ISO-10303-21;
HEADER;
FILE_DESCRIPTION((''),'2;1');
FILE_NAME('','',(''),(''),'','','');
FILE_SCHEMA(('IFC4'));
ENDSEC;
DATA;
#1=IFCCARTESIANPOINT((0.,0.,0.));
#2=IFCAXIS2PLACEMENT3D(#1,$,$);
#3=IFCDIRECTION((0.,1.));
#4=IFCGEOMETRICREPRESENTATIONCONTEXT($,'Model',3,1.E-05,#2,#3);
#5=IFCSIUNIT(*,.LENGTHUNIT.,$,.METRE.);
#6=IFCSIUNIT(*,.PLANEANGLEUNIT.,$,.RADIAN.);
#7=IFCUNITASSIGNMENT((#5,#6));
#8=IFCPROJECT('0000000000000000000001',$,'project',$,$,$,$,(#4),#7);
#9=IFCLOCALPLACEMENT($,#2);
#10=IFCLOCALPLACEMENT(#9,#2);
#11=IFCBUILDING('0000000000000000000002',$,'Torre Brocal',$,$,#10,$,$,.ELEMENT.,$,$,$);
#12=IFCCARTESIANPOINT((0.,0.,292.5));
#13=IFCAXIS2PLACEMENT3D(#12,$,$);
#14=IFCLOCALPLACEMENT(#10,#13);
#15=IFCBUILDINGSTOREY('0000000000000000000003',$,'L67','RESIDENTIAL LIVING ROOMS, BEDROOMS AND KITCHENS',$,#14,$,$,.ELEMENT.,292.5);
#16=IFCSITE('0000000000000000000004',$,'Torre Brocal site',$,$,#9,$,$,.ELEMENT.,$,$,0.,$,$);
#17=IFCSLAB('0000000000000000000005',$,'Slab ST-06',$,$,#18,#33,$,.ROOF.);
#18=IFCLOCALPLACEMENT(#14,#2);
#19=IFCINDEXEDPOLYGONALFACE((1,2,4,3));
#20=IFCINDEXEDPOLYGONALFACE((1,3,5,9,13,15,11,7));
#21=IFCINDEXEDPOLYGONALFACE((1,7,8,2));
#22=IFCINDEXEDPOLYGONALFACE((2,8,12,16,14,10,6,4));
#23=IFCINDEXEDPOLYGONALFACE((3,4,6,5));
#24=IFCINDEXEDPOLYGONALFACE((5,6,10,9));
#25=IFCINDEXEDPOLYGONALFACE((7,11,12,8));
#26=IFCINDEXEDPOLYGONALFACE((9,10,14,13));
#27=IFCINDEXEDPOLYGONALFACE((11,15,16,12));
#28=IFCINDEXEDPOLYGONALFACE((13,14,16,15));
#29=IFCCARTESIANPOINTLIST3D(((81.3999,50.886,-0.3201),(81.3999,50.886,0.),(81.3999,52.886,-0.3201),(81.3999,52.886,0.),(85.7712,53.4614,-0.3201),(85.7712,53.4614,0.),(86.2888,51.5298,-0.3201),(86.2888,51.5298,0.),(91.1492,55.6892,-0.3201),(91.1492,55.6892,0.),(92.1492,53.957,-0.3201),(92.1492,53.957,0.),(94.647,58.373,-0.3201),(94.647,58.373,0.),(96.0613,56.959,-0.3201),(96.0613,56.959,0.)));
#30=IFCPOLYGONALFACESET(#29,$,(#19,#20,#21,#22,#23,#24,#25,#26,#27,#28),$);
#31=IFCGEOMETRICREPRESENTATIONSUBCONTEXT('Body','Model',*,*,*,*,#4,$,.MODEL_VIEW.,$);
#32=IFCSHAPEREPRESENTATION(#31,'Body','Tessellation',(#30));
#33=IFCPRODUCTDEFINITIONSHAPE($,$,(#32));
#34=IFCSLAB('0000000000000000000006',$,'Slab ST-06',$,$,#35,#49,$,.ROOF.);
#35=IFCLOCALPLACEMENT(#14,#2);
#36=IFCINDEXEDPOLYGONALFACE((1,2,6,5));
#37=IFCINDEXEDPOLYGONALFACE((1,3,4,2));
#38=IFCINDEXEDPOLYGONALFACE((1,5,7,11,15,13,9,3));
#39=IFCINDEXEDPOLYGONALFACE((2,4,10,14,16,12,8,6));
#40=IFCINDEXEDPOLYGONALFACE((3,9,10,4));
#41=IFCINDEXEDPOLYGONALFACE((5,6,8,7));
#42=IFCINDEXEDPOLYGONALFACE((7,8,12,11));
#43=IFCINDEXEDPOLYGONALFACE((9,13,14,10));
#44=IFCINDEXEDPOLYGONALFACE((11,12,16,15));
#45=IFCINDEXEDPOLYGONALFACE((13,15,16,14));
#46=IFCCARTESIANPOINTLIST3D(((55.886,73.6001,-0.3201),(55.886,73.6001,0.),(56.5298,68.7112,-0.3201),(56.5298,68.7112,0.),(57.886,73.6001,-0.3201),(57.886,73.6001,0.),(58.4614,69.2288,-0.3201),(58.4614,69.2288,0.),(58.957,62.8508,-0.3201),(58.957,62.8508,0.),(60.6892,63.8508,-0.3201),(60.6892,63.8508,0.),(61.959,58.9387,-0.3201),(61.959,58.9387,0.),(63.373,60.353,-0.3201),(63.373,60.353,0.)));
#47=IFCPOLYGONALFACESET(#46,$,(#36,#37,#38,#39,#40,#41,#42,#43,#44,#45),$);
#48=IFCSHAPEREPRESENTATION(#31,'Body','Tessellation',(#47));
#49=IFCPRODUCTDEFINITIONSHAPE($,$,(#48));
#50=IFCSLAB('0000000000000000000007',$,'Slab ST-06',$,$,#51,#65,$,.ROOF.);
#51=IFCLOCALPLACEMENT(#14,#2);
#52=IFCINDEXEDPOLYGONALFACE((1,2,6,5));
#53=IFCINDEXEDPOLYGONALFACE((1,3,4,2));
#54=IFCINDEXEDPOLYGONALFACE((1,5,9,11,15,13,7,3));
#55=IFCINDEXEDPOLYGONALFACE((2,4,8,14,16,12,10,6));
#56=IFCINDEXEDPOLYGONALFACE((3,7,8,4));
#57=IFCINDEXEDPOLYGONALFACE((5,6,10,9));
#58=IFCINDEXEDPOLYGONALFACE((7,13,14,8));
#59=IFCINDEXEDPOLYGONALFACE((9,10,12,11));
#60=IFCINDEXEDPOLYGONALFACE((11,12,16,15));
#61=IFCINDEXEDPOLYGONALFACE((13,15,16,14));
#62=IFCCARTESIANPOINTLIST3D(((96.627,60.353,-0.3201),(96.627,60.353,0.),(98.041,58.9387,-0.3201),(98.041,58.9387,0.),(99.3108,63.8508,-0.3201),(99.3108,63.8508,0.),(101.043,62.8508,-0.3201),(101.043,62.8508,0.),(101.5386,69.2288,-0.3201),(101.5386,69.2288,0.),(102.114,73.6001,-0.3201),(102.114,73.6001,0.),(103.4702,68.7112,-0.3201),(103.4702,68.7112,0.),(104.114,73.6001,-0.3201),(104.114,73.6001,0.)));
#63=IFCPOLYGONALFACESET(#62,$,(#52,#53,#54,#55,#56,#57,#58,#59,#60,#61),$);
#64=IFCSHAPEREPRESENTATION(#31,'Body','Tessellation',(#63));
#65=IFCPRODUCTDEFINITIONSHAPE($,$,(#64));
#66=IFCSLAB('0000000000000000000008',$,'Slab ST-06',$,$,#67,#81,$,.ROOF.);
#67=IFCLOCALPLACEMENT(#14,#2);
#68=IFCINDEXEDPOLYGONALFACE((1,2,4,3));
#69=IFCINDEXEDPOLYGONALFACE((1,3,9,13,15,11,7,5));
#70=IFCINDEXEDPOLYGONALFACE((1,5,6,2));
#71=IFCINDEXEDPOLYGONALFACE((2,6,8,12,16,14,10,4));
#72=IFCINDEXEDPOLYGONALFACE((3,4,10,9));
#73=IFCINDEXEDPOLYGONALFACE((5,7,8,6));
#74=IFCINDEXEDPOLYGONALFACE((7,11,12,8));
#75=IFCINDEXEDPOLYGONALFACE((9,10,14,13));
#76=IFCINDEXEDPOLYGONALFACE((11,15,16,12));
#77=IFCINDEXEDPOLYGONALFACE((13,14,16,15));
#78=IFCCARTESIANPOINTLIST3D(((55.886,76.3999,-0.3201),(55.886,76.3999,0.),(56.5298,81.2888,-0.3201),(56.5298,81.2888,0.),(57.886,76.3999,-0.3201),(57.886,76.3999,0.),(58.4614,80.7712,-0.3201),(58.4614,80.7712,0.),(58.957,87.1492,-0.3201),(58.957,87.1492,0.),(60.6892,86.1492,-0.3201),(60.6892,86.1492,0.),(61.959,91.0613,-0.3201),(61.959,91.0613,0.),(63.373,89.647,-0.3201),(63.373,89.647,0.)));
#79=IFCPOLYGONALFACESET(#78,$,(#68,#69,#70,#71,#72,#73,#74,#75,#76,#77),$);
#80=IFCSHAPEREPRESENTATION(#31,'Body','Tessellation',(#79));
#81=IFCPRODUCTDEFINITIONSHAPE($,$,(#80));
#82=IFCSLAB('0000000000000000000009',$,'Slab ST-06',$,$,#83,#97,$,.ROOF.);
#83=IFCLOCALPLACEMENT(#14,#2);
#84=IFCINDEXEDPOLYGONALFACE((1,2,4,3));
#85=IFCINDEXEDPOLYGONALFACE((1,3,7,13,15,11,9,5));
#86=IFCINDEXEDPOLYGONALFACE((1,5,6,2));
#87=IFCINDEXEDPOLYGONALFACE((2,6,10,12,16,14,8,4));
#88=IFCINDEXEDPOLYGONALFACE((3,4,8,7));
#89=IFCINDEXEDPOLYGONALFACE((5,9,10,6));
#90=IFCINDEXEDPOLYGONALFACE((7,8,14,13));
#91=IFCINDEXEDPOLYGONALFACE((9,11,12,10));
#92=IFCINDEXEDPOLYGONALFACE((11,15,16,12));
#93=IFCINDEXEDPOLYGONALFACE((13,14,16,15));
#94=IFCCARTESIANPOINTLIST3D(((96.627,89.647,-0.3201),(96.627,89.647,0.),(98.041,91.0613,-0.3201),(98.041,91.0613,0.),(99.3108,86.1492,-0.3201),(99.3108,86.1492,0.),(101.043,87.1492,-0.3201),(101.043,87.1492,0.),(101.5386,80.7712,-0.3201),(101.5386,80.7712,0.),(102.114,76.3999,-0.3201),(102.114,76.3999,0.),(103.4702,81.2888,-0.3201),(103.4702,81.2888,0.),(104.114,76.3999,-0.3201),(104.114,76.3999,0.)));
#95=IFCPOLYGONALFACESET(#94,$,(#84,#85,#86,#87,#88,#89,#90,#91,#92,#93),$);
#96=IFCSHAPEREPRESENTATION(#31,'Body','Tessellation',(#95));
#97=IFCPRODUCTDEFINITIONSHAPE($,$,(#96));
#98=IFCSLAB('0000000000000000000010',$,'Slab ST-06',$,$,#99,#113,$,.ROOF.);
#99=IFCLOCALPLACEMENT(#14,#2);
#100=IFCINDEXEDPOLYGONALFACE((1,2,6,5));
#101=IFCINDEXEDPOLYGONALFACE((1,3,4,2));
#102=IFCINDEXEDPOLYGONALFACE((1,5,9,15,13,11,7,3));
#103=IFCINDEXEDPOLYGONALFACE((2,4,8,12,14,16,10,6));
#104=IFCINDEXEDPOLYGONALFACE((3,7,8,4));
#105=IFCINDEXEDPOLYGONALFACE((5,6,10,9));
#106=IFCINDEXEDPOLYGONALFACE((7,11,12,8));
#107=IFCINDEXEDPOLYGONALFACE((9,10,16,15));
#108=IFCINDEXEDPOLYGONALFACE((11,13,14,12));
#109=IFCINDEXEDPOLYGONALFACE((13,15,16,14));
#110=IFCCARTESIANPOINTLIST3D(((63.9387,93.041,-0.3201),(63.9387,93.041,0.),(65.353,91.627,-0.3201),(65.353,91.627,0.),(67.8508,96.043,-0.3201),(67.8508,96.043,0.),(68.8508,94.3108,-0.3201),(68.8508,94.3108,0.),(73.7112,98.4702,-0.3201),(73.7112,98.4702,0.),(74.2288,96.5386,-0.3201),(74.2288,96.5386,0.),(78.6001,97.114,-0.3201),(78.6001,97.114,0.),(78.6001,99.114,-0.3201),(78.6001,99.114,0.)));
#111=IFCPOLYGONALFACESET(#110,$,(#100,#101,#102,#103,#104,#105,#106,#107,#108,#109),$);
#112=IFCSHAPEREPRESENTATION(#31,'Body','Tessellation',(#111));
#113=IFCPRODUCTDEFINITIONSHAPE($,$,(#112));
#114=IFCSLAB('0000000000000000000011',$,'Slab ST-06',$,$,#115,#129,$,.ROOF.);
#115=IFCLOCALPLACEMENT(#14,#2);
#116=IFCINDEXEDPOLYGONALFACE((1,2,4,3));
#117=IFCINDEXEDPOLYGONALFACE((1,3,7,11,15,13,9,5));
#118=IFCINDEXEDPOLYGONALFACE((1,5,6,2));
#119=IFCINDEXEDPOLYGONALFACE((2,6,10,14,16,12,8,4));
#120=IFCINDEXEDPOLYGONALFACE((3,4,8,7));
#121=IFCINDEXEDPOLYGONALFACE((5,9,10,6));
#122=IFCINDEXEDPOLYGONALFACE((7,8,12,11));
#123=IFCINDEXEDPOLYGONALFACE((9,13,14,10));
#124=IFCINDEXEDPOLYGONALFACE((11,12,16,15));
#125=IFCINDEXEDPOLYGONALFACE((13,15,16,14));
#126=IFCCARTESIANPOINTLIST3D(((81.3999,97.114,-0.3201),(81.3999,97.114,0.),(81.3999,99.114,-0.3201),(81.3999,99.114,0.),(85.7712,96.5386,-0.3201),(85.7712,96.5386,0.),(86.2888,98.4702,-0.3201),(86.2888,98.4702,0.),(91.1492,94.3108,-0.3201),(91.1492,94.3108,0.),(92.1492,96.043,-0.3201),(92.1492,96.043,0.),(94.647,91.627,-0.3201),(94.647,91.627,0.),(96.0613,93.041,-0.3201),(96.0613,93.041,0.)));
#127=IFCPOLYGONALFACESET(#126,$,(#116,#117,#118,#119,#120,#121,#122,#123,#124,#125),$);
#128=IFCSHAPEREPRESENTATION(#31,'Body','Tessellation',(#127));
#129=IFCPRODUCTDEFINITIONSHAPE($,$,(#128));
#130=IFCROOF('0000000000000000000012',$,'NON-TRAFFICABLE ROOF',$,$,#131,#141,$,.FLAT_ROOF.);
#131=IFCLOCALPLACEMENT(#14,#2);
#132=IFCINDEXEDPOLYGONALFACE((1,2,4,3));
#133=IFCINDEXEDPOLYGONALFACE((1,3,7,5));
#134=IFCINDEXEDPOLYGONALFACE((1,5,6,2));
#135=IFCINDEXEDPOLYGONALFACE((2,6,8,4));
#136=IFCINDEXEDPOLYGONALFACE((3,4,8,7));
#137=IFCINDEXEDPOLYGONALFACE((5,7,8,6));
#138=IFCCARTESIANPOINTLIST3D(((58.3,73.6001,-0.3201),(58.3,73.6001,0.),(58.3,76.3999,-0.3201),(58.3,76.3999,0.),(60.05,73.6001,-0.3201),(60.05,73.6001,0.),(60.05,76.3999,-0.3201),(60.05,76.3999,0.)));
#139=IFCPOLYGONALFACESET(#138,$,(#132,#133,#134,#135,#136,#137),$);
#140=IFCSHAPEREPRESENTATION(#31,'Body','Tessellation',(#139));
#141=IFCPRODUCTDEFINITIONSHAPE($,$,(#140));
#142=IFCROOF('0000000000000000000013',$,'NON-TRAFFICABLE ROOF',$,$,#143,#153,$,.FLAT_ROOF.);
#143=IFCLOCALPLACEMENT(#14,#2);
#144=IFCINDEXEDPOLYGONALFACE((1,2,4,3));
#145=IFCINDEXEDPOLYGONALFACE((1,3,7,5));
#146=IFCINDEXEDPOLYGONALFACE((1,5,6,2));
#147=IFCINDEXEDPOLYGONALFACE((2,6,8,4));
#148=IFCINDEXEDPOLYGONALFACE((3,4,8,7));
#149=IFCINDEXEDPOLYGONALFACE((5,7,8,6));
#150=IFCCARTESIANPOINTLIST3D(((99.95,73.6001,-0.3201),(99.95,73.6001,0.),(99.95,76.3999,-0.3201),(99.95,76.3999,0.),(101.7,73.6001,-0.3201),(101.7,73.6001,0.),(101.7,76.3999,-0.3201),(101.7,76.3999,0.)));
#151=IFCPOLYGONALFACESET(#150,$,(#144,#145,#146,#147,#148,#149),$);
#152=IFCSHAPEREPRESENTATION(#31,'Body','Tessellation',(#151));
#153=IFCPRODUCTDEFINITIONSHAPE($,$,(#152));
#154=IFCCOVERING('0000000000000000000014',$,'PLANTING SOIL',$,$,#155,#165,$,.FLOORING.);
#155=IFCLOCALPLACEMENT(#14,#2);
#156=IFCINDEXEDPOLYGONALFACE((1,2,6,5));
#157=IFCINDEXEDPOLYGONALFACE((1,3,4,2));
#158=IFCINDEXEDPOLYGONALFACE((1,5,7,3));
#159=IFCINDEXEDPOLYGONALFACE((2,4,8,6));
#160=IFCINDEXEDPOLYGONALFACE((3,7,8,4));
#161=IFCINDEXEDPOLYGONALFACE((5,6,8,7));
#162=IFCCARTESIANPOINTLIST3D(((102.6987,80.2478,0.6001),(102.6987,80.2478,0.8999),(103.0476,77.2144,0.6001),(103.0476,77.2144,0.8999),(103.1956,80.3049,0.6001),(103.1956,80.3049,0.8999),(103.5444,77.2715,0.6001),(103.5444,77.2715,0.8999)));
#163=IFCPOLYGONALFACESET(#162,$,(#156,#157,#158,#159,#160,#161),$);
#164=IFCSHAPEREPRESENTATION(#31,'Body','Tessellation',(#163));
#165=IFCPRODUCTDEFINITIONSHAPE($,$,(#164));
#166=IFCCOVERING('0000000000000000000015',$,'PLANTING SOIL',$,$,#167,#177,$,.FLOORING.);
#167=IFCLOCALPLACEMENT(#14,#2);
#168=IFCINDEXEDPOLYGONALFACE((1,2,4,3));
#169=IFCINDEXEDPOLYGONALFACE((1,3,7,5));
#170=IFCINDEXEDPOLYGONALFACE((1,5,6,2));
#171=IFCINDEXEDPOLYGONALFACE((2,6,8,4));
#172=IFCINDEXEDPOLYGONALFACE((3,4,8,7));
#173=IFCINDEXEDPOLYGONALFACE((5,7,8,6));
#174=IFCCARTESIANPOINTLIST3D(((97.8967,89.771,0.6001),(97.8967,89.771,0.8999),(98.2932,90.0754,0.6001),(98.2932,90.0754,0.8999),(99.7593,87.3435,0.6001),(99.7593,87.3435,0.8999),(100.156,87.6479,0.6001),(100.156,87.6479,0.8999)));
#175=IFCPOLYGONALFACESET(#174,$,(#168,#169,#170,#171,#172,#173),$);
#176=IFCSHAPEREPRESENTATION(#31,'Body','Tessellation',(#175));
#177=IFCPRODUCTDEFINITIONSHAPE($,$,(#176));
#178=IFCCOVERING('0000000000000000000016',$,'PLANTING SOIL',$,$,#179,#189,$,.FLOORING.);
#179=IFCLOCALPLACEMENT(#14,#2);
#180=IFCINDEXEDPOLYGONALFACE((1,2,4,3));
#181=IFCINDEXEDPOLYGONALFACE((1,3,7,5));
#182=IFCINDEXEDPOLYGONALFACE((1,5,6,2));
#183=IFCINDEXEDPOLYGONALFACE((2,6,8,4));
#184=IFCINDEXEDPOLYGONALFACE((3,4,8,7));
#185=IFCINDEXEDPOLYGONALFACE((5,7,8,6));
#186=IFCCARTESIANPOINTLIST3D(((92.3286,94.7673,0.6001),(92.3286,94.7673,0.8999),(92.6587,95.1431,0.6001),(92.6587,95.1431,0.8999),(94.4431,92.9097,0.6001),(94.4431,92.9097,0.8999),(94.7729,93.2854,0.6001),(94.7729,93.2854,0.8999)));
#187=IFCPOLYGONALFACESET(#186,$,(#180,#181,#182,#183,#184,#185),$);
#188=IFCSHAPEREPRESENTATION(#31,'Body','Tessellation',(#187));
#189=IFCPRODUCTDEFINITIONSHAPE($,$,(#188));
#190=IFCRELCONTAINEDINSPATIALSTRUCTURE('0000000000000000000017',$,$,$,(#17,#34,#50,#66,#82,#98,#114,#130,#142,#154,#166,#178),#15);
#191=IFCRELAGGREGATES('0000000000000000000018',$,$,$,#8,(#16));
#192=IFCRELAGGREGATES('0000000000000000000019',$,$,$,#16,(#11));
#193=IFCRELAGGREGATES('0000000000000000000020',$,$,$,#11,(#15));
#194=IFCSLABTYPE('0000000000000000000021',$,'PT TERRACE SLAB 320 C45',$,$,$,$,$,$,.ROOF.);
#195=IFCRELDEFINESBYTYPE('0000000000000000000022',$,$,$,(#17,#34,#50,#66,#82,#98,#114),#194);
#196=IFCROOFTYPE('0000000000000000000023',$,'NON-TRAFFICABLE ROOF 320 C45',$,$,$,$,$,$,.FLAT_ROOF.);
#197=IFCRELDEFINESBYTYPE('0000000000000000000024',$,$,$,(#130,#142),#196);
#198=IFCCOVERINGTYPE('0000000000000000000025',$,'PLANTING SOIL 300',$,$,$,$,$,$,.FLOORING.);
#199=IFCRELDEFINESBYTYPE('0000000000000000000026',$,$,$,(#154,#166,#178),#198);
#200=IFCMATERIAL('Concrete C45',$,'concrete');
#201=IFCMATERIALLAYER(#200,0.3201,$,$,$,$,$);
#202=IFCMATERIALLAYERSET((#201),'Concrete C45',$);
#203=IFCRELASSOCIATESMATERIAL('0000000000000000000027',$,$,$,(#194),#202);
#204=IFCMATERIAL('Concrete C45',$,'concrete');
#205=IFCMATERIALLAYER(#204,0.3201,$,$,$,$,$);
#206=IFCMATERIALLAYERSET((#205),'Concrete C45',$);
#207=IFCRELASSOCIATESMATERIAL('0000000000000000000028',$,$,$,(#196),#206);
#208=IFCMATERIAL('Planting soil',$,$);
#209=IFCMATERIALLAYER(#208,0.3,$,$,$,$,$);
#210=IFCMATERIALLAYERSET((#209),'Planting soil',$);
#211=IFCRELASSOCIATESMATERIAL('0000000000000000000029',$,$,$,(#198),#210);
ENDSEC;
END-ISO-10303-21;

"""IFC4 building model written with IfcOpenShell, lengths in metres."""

from ifc_helpers import new_model, si_unit, direction, frame, origin, place, context, subcontext, project, spatial, polyline, outline, extrude, material, layer, layer_set, type_object, element, save


model = new_model("IFC4")

# Units and contexts
model_context = context("Model", 3, precision=1e-05, world=origin(), true_north=direction((0.0, 1.0)))
body_context = subcontext(model_context, "Body", "Model", "MODEL_VIEW")
ifc_project = project(units=[si_unit("LENGTHUNIT", "METRE"), si_unit("PLANEANGLEUNIT", "RADIAN")], contexts=[model_context])

# Site, building, storey
site_placement = place(None, origin())
site = spatial("IfcSite", under=ifc_project, at=site_placement, Name="Torre Brocal site", CompositionType="ELEMENT", RefElevation=0.0)
building_placement = place(site_placement, origin())
building = spatial("IfcBuilding", under=site, at=building_placement, Name="Torre Brocal", CompositionType="ELEMENT")
storey_placement = place(building_placement, frame((0.0, 0.0, 292.5)))
storey = spatial("IfcBuildingStorey", under=building, at=storey_placement, Name="L67", Description="RESIDENTIAL LIVING ROOMS, BEDROOMS AND KITCHENS", CompositionType="ELEMENT", Elevation=292.5)

# Slabs
ifc_material_1 = material(Name="Concrete C45", Category="concrete")
ifc_layer_1 = layer(ifc_material_1, 0.3201)
ifc_layer_set_1 = layer_set([ifc_layer_1], Name="Concrete C45")
slab_type_1 = type_object("IfcSlabType", Name="PT TERRACE SLAB 320 C45", PredefinedType="ROOF", material=ifc_layer_set_1)
slab_1_placement = place(storey_placement, frame((0.0, 0.0, -0.3201)))
element("IfcSlab", 1, at=slab_1_placement, inside=storey, type_object=slab_type_1, Name="Slab ST-06", PredefinedType="ROOF", context=body_context, shape_type="SweptSolid", body=[
    extrude(outline(polyline([(91.1492, 55.6892), (94.647, 58.373), (96.0613, 56.959), (92.1492, 53.957), (86.2888, 51.5298), (81.3999, 50.886), (81.3999, 52.886), (85.7712, 53.4614), (91.1492, 55.6892)])), origin(), (0.0, 0.0, 1.0), 0.3201),
])
slab_2_placement = place(storey_placement, frame((0.0, 0.0, -0.3201)))
element("IfcSlab", 2, at=slab_2_placement, inside=storey, type_object=slab_type_1, Name="Slab ST-06", PredefinedType="ROOF", context=body_context, shape_type="SweptSolid", body=[
    extrude(outline(polyline([(58.4614, 69.2288), (60.6892, 63.8508), (63.373, 60.353), (61.959, 58.9387), (58.957, 62.8508), (56.5298, 68.7112), (55.886, 73.6001), (57.886, 73.6001), (58.4614, 69.2288)])), origin(), (0.0, 0.0, 1.0), 0.3201),
])
slab_3_placement = place(storey_placement, frame((0.0, 0.0, -0.3201)))
element("IfcSlab", 3, at=slab_3_placement, inside=storey, type_object=slab_type_1, Name="Slab ST-06", PredefinedType="ROOF", context=body_context, shape_type="SweptSolid", body=[
    extrude(outline(polyline([(101.5386, 69.2288), (102.114, 73.6001), (104.114, 73.6001), (103.4702, 68.7112), (101.043, 62.8508), (98.041, 58.9387), (96.627, 60.353), (99.3108, 63.8508), (101.5386, 69.2288)])), origin(), (0.0, 0.0, 1.0), 0.3201),
])
slab_4_placement = place(storey_placement, frame((0.0, 0.0, -0.3201)))
element("IfcSlab", 4, at=slab_4_placement, inside=storey, type_object=slab_type_1, Name="Slab ST-06", PredefinedType="ROOF", context=body_context, shape_type="SweptSolid", body=[
    extrude(outline(polyline([(60.6892, 86.1492), (58.4614, 80.7712), (57.886, 76.3999), (55.886, 76.3999), (56.5298, 81.2888), (58.957, 87.1492), (61.959, 91.0613), (63.373, 89.647), (60.6892, 86.1492)])), origin(), (0.0, 0.0, 1.0), 0.3201),
])
slab_5_placement = place(storey_placement, frame((0.0, 0.0, -0.3201)))
element("IfcSlab", 5, at=slab_5_placement, inside=storey, type_object=slab_type_1, Name="Slab ST-06", PredefinedType="ROOF", context=body_context, shape_type="SweptSolid", body=[
    extrude(outline(polyline([(98.041, 91.0613), (101.043, 87.1492), (103.4702, 81.2888), (104.114, 76.3999), (102.114, 76.3999), (101.5386, 80.7712), (99.3108, 86.1492), (96.627, 89.647), (98.041, 91.0613)])), origin(), (0.0, 0.0, 1.0), 0.3201),
])
slab_6_placement = place(storey_placement, frame((0.0, 0.0, -0.3201)))
element("IfcSlab", 6, at=slab_6_placement, inside=storey, type_object=slab_type_1, Name="Slab ST-06", PredefinedType="ROOF", context=body_context, shape_type="SweptSolid", body=[
    extrude(outline(polyline([(63.9387, 93.041), (67.8508, 96.043), (73.7112, 98.4702), (78.6001, 99.114), (78.6001, 97.114), (74.2288, 96.5386), (68.8508, 94.3108), (65.353, 91.627), (63.9387, 93.041)])), origin(), (0.0, 0.0, 1.0), 0.3201),
])
slab_7_placement = place(storey_placement, frame((0.0, 0.0, -0.3201)))
element("IfcSlab", 7, at=slab_7_placement, inside=storey, type_object=slab_type_1, Name="Slab ST-06", PredefinedType="ROOF", context=body_context, shape_type="SweptSolid", body=[
    extrude(outline(polyline([(91.1492, 94.3108), (85.7712, 96.5386), (81.3999, 97.114), (81.3999, 99.114), (86.2888, 98.4702), (92.1492, 96.043), (96.0613, 93.041), (94.647, 91.627), (91.1492, 94.3108)])), origin(), (0.0, 0.0, 1.0), 0.3201),
])

# Roofs
ifc_material_2 = material(Name="Concrete C45", Category="concrete")
ifc_layer_2 = layer(ifc_material_2, 0.3201)
ifc_layer_set_2 = layer_set([ifc_layer_2], Name="Concrete C45")
roof_type = type_object("IfcRoofType", Name="NON-TRAFFICABLE ROOF 320 C45", PredefinedType="FLAT_ROOF", material=ifc_layer_set_2)
roof_1_placement = place(storey_placement, frame((0.0, 0.0, -0.3201)))
element("IfcRoof", 8, at=roof_1_placement, inside=storey, type_object=roof_type, Name="NON-TRAFFICABLE ROOF", PredefinedType="FLAT_ROOF", context=body_context, shape_type="SweptSolid", body=[
    extrude(outline(polyline([(60.05, 73.6001), (58.3, 73.6001), (58.3, 76.3999), (60.05, 76.3999), (60.05, 73.6001)])), origin(), (0.0, 0.0, 1.0), 0.3201),
])
roof_2_placement = place(storey_placement, frame((0.0, 0.0, -0.3201)))
element("IfcRoof", 9, at=roof_2_placement, inside=storey, type_object=roof_type, Name="NON-TRAFFICABLE ROOF", PredefinedType="FLAT_ROOF", context=body_context, shape_type="SweptSolid", body=[
    extrude(outline(polyline([(99.95, 76.3999), (101.7, 76.3999), (101.7, 73.6001), (99.95, 73.6001), (99.95, 76.3999)])), origin(), (0.0, 0.0, 1.0), 0.3201),
])

# Coverings
ifc_material_3 = material(Name="Planting soil")
ifc_layer_3 = layer(ifc_material_3, 0.3)
ifc_layer_set_3 = layer_set([ifc_layer_3], Name="Planting soil")
covering_type = type_object("IfcCoveringType", Name="PLANTING SOIL 300", PredefinedType="FLOORING", material=ifc_layer_set_3)
covering_1_placement = place(storey_placement, frame((0.0, 0.0, 0.6001)))
element("IfcCovering", 10, at=covering_1_placement, inside=storey, type_object=covering_type, Name="PLANTING SOIL", PredefinedType="FLOORING", context=body_context, shape_type="SweptSolid", body=[
    extrude(outline(polyline([(103.0476, 77.2144), (102.6987, 80.2478), (103.1956, 80.3049), (103.5444, 77.2715), (103.0476, 77.2144)])), origin(), (0.0, 0.0, 1.0), 0.2998),
])
covering_2_placement = place(storey_placement, frame((0.0, 0.0, 0.6001)))
element("IfcCovering", 11, at=covering_2_placement, inside=storey, type_object=covering_type, Name="PLANTING SOIL", PredefinedType="FLOORING", context=body_context, shape_type="SweptSolid", body=[
    extrude(outline(polyline([(99.7593, 87.3435), (97.8967, 89.771), (98.2932, 90.0754), (100.156, 87.6479), (99.7593, 87.3435)])), origin(), (0.0, 0.0, 1.0), 0.2998),
])
covering_3_placement = place(storey_placement, frame((0.0, 0.0, 0.6001)))
element("IfcCovering", 12, at=covering_3_placement, inside=storey, type_object=covering_type, Name="PLANTING SOIL", PredefinedType="FLOORING", context=body_context, shape_type="SweptSolid", body=[
    extrude(outline(polyline([(94.4431, 92.9097), (92.3286, 94.7673), (92.6587, 95.1431), (94.7729, 93.2854), (94.4431, 92.9097)])), origin(), (0.0, 0.0, 1.0), 0.2998),
])

save(model, "model.ifc")
